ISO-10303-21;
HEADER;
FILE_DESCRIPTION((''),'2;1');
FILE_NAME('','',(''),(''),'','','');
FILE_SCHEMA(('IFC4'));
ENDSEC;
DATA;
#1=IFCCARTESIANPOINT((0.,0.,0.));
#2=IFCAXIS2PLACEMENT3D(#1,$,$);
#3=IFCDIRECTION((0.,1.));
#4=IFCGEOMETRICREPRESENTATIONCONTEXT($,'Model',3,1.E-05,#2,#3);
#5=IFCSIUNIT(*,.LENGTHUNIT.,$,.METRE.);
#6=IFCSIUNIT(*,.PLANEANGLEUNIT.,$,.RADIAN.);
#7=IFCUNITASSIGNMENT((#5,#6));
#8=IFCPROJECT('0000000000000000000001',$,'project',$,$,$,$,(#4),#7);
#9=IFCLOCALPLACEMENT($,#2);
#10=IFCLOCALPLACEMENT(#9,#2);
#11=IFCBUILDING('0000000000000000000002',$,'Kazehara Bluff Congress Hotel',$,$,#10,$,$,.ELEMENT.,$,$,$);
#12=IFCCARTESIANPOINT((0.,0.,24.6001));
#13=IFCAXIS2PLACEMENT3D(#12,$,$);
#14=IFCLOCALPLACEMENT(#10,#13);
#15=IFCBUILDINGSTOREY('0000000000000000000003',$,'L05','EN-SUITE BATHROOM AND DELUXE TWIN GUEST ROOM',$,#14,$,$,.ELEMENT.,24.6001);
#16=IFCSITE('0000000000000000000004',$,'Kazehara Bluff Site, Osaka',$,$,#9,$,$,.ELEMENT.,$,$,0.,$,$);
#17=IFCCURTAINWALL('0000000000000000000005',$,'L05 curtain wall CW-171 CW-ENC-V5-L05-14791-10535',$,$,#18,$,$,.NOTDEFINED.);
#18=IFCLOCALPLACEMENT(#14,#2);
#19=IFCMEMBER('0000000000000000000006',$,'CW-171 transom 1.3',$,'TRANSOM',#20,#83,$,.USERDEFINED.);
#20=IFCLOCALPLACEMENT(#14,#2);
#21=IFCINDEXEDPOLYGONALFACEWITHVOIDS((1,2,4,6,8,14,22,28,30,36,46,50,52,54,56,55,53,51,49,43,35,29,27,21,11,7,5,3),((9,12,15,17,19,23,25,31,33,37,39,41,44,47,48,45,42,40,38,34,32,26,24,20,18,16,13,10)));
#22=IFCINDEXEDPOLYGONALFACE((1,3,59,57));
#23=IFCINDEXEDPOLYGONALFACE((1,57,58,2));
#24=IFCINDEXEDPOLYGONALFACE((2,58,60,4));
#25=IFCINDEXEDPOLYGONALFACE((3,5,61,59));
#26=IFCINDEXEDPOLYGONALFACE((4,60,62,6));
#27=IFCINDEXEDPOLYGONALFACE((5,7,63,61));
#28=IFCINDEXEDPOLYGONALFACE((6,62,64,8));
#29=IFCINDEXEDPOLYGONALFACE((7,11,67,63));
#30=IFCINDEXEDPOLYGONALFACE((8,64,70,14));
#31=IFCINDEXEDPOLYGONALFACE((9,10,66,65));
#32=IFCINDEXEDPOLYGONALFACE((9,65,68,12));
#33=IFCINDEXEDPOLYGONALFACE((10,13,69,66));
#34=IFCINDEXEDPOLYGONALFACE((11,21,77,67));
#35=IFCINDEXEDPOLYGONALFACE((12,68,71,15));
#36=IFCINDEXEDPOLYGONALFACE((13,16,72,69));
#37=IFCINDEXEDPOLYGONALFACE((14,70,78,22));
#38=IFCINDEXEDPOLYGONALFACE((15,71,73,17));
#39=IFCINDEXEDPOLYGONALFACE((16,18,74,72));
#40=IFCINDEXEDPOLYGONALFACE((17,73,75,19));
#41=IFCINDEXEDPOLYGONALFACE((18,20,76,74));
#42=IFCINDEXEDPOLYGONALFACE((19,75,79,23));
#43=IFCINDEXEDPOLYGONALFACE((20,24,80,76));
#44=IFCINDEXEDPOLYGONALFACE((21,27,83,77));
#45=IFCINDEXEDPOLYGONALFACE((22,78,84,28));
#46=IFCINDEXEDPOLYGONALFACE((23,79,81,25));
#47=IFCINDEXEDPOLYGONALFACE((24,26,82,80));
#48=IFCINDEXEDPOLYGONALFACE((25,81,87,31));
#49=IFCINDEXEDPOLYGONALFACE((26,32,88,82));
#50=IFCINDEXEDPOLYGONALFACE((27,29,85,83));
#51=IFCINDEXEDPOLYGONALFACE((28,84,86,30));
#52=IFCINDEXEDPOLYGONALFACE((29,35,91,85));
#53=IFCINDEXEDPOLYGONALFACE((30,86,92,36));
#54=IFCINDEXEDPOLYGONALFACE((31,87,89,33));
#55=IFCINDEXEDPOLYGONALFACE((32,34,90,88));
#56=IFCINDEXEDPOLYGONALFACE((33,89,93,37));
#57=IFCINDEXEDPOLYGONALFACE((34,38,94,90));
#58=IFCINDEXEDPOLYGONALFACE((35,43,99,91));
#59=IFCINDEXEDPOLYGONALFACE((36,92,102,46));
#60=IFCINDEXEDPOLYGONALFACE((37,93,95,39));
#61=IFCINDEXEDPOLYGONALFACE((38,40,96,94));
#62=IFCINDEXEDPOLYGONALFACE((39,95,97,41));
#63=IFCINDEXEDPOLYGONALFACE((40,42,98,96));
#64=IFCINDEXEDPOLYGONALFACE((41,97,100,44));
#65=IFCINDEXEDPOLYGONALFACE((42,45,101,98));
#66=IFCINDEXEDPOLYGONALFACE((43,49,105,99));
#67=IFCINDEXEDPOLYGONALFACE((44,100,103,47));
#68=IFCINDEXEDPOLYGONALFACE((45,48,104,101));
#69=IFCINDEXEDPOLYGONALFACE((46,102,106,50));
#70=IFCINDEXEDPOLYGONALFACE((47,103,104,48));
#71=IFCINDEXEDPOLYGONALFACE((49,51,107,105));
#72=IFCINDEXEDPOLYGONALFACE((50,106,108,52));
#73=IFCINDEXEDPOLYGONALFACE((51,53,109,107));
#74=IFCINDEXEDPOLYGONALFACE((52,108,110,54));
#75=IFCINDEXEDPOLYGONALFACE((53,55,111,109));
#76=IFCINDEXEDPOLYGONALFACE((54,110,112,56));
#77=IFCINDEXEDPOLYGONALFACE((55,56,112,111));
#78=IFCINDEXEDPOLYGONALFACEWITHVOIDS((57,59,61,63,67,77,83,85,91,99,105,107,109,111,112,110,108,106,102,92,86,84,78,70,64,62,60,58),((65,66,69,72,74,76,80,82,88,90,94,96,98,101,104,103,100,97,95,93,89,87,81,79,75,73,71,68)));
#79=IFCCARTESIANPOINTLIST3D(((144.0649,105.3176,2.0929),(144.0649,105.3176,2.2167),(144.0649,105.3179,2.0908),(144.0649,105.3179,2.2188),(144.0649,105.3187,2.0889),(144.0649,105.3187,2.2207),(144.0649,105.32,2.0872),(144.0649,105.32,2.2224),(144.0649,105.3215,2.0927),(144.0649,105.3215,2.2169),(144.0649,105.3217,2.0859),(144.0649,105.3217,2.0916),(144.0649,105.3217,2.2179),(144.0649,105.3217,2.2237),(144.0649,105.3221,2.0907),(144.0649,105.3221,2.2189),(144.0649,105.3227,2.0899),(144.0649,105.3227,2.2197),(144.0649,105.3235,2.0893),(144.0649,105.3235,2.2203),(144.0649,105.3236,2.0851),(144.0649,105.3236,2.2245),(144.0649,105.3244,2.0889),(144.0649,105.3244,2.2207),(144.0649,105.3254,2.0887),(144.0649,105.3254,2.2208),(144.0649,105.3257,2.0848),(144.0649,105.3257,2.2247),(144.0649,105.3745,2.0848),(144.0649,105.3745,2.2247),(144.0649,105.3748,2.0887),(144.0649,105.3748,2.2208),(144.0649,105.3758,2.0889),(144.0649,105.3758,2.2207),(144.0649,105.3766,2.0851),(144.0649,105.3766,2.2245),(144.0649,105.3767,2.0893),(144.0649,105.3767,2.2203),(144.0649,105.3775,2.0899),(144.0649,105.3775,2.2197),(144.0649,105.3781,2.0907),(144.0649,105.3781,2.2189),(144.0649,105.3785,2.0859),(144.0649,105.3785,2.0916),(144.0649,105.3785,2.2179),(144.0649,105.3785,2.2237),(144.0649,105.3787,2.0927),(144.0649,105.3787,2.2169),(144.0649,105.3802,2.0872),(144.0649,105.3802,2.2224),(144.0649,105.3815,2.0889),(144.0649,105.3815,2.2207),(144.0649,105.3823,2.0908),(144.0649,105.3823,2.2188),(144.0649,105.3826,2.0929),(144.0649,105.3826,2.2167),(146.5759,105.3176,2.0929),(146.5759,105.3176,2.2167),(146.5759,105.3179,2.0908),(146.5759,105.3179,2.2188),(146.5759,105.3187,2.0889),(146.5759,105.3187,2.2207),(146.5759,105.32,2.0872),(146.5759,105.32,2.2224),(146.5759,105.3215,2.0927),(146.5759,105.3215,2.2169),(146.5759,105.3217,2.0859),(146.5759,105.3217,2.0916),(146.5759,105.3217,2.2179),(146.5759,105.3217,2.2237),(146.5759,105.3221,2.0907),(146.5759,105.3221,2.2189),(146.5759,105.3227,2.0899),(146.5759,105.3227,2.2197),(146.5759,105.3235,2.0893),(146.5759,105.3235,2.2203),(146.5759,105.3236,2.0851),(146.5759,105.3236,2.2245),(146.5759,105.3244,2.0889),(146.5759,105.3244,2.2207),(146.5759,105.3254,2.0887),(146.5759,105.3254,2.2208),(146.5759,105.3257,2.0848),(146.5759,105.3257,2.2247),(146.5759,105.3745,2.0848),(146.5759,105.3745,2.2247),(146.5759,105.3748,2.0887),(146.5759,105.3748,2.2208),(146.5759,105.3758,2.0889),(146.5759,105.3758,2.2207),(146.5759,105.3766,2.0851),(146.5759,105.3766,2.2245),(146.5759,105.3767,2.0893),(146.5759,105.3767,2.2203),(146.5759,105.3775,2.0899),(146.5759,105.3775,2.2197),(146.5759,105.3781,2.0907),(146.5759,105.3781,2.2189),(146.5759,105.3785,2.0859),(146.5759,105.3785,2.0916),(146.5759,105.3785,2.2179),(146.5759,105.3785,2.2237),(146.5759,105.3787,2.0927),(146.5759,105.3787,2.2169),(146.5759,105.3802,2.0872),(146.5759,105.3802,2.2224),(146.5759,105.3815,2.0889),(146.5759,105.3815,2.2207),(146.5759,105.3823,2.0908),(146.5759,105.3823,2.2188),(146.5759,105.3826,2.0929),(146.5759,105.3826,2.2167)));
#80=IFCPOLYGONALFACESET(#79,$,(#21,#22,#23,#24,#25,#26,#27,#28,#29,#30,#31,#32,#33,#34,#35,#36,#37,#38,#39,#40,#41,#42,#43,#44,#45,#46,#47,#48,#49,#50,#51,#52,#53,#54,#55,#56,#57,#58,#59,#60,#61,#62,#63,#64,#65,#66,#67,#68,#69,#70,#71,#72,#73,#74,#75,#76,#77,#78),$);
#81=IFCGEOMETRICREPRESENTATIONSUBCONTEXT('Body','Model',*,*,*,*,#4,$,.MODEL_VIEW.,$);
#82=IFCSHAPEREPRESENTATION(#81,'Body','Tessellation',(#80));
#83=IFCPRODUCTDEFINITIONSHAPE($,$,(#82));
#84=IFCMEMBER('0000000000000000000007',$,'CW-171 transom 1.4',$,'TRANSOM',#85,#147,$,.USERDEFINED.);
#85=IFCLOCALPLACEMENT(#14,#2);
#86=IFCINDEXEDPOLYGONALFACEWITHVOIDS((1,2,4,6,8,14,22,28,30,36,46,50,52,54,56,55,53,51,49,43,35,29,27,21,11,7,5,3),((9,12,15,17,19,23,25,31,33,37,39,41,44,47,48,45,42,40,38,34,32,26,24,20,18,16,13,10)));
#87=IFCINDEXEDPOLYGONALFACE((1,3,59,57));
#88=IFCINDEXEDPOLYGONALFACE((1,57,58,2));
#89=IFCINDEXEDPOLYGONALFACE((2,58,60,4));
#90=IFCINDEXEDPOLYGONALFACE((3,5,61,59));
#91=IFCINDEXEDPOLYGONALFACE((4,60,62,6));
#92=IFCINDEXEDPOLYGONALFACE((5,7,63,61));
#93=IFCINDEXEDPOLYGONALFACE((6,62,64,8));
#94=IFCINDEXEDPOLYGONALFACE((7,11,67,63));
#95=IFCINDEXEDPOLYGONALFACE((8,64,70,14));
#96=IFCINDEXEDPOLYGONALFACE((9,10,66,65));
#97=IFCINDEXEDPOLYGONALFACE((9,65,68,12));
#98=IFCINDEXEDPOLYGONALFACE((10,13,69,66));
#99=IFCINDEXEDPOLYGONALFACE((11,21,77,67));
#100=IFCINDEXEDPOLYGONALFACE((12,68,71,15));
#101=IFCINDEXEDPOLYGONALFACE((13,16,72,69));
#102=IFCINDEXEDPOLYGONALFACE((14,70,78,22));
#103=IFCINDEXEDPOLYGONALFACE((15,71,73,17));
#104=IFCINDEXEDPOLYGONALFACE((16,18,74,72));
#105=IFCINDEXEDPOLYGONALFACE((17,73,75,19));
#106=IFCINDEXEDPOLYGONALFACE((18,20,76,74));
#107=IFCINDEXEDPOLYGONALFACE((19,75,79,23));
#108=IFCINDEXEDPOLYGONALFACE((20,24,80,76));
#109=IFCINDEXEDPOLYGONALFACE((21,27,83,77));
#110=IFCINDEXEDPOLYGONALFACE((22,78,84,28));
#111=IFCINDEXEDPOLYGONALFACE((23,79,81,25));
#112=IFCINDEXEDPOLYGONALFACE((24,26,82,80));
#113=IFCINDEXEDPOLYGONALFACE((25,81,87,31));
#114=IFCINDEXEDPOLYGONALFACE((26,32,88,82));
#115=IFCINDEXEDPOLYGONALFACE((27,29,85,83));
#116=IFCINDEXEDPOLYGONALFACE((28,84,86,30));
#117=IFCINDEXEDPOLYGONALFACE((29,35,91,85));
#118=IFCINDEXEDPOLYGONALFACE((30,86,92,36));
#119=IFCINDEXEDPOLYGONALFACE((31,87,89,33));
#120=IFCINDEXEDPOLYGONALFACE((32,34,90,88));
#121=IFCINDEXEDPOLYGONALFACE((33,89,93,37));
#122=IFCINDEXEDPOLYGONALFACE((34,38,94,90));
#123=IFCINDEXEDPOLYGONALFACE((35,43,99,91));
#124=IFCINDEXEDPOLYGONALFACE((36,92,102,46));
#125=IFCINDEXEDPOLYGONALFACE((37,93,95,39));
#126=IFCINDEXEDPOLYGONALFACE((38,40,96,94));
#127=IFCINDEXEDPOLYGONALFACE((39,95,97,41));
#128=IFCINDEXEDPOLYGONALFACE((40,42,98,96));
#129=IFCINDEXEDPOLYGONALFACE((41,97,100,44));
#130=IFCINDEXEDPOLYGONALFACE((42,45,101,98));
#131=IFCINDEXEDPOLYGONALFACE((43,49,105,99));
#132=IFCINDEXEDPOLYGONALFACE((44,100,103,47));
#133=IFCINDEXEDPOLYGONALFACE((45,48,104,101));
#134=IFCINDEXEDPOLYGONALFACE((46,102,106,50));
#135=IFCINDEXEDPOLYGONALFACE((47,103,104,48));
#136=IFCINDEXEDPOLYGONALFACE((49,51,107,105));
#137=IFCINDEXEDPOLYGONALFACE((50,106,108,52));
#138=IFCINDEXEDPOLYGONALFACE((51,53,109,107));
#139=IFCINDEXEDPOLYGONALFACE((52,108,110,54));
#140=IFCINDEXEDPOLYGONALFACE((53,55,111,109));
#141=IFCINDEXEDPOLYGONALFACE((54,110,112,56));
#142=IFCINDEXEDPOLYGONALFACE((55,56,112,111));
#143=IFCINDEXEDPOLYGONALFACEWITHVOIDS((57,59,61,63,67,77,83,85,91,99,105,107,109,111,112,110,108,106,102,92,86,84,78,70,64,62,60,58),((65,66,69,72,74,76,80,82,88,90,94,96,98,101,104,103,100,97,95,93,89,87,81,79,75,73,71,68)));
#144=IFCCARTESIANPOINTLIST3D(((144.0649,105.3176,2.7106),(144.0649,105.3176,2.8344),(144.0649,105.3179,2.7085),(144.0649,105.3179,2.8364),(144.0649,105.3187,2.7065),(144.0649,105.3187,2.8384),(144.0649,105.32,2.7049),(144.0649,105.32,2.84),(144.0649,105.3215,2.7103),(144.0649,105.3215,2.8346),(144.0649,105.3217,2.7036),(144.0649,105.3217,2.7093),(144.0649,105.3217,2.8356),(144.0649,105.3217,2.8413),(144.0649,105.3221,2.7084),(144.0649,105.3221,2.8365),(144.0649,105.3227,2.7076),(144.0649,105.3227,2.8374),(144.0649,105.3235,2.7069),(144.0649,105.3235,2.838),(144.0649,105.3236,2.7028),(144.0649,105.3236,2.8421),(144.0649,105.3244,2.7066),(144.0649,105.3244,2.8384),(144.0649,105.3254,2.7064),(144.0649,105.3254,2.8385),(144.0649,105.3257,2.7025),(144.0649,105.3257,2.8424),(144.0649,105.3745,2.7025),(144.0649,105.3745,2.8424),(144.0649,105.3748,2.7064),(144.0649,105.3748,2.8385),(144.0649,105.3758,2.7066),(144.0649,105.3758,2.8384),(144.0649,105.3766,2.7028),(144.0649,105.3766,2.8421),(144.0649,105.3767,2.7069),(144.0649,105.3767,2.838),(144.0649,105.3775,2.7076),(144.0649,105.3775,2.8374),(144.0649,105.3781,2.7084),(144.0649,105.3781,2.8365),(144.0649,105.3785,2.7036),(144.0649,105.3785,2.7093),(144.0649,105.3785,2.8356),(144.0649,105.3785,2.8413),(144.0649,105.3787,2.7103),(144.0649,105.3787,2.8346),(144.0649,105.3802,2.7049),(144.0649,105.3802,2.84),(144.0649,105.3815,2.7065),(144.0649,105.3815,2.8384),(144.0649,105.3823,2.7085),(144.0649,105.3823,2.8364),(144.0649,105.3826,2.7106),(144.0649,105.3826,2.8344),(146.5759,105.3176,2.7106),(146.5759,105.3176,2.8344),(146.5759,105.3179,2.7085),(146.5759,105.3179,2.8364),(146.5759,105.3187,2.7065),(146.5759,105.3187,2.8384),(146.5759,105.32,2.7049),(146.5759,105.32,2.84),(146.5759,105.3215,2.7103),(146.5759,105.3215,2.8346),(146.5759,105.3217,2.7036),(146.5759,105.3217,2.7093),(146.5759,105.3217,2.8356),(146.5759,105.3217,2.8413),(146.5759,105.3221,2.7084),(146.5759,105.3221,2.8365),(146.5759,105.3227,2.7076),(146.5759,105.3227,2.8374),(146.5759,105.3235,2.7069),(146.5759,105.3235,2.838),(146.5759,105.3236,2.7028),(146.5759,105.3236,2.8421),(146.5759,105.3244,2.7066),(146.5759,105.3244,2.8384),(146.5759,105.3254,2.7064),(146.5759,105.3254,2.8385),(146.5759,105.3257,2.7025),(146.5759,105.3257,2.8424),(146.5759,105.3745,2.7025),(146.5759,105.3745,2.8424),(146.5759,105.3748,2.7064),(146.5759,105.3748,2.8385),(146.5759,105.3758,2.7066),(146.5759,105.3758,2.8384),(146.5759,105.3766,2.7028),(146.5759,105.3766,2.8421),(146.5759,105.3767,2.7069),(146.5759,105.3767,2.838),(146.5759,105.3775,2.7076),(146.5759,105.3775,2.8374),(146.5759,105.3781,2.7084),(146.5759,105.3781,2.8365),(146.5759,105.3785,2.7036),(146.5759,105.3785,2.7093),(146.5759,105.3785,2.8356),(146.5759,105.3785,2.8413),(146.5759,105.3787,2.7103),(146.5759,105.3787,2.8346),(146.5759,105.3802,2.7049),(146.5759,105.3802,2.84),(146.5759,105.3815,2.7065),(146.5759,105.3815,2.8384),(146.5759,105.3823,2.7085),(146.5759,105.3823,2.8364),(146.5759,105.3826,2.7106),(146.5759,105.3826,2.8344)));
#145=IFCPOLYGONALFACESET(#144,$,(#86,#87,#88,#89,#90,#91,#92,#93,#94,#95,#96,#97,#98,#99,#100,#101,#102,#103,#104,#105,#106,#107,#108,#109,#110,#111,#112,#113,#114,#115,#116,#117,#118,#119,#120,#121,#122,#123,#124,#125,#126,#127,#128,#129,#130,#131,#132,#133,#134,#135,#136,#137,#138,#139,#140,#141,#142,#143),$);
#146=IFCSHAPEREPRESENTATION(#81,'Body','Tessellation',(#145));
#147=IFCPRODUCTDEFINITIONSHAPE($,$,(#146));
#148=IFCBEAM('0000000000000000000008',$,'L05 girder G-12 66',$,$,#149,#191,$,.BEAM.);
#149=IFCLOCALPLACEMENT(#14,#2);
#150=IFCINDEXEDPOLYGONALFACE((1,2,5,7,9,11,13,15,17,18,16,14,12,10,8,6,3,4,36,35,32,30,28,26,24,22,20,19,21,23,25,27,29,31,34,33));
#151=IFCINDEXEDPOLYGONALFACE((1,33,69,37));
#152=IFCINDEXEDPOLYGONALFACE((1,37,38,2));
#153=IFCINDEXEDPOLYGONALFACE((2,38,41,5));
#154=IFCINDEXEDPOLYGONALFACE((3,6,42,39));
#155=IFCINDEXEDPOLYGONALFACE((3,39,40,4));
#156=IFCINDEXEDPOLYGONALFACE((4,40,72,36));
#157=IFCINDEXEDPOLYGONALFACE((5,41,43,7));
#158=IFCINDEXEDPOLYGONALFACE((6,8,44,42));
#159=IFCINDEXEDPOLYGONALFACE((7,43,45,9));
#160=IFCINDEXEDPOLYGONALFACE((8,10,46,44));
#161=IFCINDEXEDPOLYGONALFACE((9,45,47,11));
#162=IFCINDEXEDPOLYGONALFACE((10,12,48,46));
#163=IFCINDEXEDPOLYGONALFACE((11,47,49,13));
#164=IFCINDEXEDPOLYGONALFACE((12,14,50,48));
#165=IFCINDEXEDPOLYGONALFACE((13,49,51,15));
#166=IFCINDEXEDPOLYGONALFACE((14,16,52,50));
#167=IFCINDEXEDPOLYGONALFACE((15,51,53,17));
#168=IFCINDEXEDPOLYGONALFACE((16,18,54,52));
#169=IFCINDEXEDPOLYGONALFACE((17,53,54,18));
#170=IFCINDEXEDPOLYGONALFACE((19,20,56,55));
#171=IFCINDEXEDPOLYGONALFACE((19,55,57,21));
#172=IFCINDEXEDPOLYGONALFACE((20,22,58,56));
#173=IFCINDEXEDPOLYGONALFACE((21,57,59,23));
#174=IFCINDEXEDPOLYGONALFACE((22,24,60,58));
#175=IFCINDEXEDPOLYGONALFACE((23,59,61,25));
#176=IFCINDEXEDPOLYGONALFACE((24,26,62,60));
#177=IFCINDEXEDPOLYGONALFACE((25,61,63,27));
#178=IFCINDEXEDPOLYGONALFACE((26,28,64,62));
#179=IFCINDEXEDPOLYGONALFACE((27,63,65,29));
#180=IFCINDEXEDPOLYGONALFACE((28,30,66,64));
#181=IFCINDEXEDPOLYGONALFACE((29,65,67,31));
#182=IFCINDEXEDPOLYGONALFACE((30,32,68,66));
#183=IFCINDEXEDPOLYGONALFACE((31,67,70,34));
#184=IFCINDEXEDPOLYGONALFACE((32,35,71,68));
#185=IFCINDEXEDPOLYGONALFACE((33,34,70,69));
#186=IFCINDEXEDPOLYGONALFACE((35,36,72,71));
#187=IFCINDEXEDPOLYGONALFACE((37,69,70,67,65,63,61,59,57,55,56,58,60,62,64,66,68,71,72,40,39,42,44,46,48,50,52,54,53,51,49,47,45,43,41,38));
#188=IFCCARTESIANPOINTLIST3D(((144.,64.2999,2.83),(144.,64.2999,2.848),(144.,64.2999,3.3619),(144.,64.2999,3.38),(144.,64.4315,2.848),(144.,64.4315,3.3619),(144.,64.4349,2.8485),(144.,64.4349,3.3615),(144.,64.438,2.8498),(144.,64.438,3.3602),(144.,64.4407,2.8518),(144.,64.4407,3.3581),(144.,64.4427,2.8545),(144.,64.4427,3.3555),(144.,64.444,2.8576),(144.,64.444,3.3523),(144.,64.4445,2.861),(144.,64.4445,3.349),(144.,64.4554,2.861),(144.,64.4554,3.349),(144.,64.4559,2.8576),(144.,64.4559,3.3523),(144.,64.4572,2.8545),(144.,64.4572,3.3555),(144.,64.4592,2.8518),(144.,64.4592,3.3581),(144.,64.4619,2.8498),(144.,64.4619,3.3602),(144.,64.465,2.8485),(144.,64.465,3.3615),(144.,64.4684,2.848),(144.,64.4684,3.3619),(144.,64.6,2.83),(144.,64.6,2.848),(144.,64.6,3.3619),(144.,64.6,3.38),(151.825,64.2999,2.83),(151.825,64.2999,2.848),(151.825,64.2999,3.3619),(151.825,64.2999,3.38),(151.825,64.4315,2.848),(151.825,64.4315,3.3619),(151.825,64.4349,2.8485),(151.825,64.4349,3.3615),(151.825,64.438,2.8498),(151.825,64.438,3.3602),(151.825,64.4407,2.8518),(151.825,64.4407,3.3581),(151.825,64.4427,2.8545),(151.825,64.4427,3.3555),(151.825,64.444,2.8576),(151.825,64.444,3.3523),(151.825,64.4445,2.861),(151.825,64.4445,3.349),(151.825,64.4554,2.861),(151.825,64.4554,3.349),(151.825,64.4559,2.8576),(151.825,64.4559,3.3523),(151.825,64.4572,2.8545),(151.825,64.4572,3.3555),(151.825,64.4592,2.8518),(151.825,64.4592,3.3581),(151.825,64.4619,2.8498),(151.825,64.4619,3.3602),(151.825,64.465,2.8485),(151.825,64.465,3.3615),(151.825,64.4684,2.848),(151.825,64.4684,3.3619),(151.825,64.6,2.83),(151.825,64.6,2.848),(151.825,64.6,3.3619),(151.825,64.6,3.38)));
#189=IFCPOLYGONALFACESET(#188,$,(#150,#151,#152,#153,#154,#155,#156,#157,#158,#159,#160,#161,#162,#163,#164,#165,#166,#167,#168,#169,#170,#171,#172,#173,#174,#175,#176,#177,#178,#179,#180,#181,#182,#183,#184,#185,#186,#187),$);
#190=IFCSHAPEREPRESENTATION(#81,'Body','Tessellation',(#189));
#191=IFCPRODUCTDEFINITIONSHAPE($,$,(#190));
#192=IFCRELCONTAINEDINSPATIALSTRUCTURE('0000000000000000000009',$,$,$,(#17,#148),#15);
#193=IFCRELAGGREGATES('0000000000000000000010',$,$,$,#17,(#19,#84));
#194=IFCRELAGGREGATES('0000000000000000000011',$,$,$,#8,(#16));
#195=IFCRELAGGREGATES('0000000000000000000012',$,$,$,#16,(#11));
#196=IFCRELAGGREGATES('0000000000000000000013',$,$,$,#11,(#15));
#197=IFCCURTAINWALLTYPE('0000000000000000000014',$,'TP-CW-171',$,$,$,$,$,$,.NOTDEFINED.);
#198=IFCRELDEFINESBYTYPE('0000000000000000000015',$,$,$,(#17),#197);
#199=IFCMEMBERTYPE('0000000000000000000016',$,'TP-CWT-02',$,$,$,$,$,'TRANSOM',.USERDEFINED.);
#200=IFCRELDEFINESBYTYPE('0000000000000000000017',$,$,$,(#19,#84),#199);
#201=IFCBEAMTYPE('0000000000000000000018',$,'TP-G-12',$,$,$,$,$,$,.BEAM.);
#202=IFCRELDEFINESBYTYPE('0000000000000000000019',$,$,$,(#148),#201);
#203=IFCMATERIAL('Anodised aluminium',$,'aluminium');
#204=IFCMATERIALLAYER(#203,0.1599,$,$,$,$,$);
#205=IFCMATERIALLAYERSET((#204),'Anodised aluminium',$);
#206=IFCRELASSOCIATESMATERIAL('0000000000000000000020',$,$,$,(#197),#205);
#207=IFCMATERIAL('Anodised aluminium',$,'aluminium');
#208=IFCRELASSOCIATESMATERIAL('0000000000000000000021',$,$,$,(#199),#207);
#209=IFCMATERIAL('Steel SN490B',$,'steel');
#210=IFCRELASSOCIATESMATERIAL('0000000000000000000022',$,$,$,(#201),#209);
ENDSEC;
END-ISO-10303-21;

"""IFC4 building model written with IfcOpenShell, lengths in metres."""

from ifc_helpers import new_model, si_unit, direction, frame, origin, origin_2d, place, context, subcontext, project, spatial, hollow_rectangle, i_section, extrude, material, layer, layer_set, material_profile, profile_set, type_object, element, aggregate, save


model = new_model("IFC4")

# Units and contexts
model_context = context("Model", 3, precision=1e-05, world=origin(), true_north=direction((0.0, 1.0)))
body_context = subcontext(model_context, "Body", "Model", "MODEL_VIEW")
ifc_project = project(units=[si_unit("LENGTHUNIT", "METRE"), si_unit("PLANEANGLEUNIT", "RADIAN")], contexts=[model_context])

# Site, building, storey
site_placement = place(None, origin())
site = spatial("IfcSite", under=ifc_project, at=site_placement, Name="Kazehara Bluff Site, Osaka", CompositionType="ELEMENT", RefElevation=0.0)
building_placement = place(site_placement, origin())
building = spatial("IfcBuilding", under=site, at=building_placement, Name="Kazehara Bluff Congress Hotel", CompositionType="ELEMENT")
storey_placement = place(building_placement, frame((0.0, 0.0, 24.6001)))
storey = spatial("IfcBuildingStorey", under=building, at=storey_placement, Name="L05", Description="EN-SUITE BATHROOM AND DELUXE TWIN GUEST ROOM", CompositionType="ELEMENT", Elevation=24.6001)

# Curtain wall
ifc_material_1 = material(Name="Anodised aluminium", Category="aluminium")
ifc_layer_1 = layer(ifc_material_1, 0.1599)
ifc_layer_set_1 = layer_set([ifc_layer_1], Name="Anodised aluminium")
curtain_wall_type_1 = type_object("IfcCurtainWallType", Name="TP-CW-171", PredefinedType="NOTDEFINED", material=ifc_layer_set_1)
curtain_wall_1_placement = place(storey_placement, origin())
curtain_wall_1 = element("IfcCurtainWall", 1, at=curtain_wall_1_placement, inside=storey, type_object=curtain_wall_type_1, Name="L05 curtain wall CW-171 CW-ENC-V5-L05-14791-10535", PredefinedType="NOTDEFINED")

# Members
ifc_material_2 = material(Name="Anodised aluminium", Category="aluminium")
ifc_material_profile_1 = material_profile(ifc_material_2, hollow_rectangle(XDim=0.0649, YDim=0.1399, WallThickness=0.0039, InnerFilletRadius=0.0039, OuterFilletRadius=0.0081, at=origin_2d()))
ifc_profile_set_1 = profile_set([ifc_material_profile_1], Name="Anodised aluminium")
member_type_1 = type_object("IfcMemberType", Name="TP-CWT-02", ElementType="TRANSOM", PredefinedType="USERDEFINED", material=ifc_profile_set_1)
member_1_placement = place(storey_placement, frame((144.0649, 105.3501, 2.1548), z_axis=(1.0, 0.0, 0.0), x_axis=(0.0, 1.0, 0.0)))
member_1 = element("IfcMember", 2, at=member_1_placement, type_object=member_type_1, Name="CW-171 transom 1.3", ObjectType="TRANSOM", PredefinedType="USERDEFINED", context=body_context, shape_type="SweptSolid", body=[
    extrude(hollow_rectangle(XDim=0.0649, YDim=0.1399, WallThickness=0.0039, InnerFilletRadius=0.0039, OuterFilletRadius=0.0081, at=origin_2d()), origin(), (0.0, 0.0, 1.0), 2.511),
])
member_2_placement = place(storey_placement, frame((144.0649, 105.3501, 2.7725), z_axis=(1.0, 0.0, 0.0), x_axis=(0.0, 1.0, 0.0)))
member_2 = element("IfcMember", 3, at=member_2_placement, type_object=member_type_1, Name="CW-171 transom 1.4", ObjectType="TRANSOM", PredefinedType="USERDEFINED", context=body_context, shape_type="SweptSolid", body=[
    extrude(hollow_rectangle(XDim=0.0649, YDim=0.1399, WallThickness=0.0039, InnerFilletRadius=0.0039, OuterFilletRadius=0.0081, at=origin_2d()), origin(), (0.0, 0.0, 1.0), 2.511),
])
aggregate(curtain_wall_1, [member_1, member_2])

# Beam
ifc_material_3 = material(Name="Steel SN490B", Category="steel")
ifc_material_profile_2 = material_profile(ifc_material_3, i_section(OverallWidth=0.3, OverallDepth=0.55, WebThickness=0.011, FlangeThickness=0.0181, FilletRadius=0.0129, at=origin_2d()))
ifc_profile_set_2 = profile_set([ifc_material_profile_2], Name="Steel SN490B")
beam_type_1 = type_object("IfcBeamType", Name="TP-G-12", PredefinedType="BEAM", material=ifc_profile_set_2)
for number, where, z_axis, x_axis, name in (
    (4, (144.0, 64.45, 3.105), (1.0, 0.0, 0.0), (0.0, 1.0, 0.0), "L05 girder G-12 66"),
):
    element("IfcBeam", number, at=place(storey_placement, frame(where, z_axis=z_axis, x_axis=x_axis)), inside=storey, type_object=beam_type_1, Name=name, PredefinedType="BEAM", context=body_context, shape_type="SweptSolid", body=[
        extrude(i_section(OverallWidth=0.3, OverallDepth=0.55, WebThickness=0.011, FlangeThickness=0.0181, FilletRadius=0.0129, at=origin_2d()), origin(), (0.0, 0.0, 1.0), 7.825),
    ])

save(model, "model.ifc")
